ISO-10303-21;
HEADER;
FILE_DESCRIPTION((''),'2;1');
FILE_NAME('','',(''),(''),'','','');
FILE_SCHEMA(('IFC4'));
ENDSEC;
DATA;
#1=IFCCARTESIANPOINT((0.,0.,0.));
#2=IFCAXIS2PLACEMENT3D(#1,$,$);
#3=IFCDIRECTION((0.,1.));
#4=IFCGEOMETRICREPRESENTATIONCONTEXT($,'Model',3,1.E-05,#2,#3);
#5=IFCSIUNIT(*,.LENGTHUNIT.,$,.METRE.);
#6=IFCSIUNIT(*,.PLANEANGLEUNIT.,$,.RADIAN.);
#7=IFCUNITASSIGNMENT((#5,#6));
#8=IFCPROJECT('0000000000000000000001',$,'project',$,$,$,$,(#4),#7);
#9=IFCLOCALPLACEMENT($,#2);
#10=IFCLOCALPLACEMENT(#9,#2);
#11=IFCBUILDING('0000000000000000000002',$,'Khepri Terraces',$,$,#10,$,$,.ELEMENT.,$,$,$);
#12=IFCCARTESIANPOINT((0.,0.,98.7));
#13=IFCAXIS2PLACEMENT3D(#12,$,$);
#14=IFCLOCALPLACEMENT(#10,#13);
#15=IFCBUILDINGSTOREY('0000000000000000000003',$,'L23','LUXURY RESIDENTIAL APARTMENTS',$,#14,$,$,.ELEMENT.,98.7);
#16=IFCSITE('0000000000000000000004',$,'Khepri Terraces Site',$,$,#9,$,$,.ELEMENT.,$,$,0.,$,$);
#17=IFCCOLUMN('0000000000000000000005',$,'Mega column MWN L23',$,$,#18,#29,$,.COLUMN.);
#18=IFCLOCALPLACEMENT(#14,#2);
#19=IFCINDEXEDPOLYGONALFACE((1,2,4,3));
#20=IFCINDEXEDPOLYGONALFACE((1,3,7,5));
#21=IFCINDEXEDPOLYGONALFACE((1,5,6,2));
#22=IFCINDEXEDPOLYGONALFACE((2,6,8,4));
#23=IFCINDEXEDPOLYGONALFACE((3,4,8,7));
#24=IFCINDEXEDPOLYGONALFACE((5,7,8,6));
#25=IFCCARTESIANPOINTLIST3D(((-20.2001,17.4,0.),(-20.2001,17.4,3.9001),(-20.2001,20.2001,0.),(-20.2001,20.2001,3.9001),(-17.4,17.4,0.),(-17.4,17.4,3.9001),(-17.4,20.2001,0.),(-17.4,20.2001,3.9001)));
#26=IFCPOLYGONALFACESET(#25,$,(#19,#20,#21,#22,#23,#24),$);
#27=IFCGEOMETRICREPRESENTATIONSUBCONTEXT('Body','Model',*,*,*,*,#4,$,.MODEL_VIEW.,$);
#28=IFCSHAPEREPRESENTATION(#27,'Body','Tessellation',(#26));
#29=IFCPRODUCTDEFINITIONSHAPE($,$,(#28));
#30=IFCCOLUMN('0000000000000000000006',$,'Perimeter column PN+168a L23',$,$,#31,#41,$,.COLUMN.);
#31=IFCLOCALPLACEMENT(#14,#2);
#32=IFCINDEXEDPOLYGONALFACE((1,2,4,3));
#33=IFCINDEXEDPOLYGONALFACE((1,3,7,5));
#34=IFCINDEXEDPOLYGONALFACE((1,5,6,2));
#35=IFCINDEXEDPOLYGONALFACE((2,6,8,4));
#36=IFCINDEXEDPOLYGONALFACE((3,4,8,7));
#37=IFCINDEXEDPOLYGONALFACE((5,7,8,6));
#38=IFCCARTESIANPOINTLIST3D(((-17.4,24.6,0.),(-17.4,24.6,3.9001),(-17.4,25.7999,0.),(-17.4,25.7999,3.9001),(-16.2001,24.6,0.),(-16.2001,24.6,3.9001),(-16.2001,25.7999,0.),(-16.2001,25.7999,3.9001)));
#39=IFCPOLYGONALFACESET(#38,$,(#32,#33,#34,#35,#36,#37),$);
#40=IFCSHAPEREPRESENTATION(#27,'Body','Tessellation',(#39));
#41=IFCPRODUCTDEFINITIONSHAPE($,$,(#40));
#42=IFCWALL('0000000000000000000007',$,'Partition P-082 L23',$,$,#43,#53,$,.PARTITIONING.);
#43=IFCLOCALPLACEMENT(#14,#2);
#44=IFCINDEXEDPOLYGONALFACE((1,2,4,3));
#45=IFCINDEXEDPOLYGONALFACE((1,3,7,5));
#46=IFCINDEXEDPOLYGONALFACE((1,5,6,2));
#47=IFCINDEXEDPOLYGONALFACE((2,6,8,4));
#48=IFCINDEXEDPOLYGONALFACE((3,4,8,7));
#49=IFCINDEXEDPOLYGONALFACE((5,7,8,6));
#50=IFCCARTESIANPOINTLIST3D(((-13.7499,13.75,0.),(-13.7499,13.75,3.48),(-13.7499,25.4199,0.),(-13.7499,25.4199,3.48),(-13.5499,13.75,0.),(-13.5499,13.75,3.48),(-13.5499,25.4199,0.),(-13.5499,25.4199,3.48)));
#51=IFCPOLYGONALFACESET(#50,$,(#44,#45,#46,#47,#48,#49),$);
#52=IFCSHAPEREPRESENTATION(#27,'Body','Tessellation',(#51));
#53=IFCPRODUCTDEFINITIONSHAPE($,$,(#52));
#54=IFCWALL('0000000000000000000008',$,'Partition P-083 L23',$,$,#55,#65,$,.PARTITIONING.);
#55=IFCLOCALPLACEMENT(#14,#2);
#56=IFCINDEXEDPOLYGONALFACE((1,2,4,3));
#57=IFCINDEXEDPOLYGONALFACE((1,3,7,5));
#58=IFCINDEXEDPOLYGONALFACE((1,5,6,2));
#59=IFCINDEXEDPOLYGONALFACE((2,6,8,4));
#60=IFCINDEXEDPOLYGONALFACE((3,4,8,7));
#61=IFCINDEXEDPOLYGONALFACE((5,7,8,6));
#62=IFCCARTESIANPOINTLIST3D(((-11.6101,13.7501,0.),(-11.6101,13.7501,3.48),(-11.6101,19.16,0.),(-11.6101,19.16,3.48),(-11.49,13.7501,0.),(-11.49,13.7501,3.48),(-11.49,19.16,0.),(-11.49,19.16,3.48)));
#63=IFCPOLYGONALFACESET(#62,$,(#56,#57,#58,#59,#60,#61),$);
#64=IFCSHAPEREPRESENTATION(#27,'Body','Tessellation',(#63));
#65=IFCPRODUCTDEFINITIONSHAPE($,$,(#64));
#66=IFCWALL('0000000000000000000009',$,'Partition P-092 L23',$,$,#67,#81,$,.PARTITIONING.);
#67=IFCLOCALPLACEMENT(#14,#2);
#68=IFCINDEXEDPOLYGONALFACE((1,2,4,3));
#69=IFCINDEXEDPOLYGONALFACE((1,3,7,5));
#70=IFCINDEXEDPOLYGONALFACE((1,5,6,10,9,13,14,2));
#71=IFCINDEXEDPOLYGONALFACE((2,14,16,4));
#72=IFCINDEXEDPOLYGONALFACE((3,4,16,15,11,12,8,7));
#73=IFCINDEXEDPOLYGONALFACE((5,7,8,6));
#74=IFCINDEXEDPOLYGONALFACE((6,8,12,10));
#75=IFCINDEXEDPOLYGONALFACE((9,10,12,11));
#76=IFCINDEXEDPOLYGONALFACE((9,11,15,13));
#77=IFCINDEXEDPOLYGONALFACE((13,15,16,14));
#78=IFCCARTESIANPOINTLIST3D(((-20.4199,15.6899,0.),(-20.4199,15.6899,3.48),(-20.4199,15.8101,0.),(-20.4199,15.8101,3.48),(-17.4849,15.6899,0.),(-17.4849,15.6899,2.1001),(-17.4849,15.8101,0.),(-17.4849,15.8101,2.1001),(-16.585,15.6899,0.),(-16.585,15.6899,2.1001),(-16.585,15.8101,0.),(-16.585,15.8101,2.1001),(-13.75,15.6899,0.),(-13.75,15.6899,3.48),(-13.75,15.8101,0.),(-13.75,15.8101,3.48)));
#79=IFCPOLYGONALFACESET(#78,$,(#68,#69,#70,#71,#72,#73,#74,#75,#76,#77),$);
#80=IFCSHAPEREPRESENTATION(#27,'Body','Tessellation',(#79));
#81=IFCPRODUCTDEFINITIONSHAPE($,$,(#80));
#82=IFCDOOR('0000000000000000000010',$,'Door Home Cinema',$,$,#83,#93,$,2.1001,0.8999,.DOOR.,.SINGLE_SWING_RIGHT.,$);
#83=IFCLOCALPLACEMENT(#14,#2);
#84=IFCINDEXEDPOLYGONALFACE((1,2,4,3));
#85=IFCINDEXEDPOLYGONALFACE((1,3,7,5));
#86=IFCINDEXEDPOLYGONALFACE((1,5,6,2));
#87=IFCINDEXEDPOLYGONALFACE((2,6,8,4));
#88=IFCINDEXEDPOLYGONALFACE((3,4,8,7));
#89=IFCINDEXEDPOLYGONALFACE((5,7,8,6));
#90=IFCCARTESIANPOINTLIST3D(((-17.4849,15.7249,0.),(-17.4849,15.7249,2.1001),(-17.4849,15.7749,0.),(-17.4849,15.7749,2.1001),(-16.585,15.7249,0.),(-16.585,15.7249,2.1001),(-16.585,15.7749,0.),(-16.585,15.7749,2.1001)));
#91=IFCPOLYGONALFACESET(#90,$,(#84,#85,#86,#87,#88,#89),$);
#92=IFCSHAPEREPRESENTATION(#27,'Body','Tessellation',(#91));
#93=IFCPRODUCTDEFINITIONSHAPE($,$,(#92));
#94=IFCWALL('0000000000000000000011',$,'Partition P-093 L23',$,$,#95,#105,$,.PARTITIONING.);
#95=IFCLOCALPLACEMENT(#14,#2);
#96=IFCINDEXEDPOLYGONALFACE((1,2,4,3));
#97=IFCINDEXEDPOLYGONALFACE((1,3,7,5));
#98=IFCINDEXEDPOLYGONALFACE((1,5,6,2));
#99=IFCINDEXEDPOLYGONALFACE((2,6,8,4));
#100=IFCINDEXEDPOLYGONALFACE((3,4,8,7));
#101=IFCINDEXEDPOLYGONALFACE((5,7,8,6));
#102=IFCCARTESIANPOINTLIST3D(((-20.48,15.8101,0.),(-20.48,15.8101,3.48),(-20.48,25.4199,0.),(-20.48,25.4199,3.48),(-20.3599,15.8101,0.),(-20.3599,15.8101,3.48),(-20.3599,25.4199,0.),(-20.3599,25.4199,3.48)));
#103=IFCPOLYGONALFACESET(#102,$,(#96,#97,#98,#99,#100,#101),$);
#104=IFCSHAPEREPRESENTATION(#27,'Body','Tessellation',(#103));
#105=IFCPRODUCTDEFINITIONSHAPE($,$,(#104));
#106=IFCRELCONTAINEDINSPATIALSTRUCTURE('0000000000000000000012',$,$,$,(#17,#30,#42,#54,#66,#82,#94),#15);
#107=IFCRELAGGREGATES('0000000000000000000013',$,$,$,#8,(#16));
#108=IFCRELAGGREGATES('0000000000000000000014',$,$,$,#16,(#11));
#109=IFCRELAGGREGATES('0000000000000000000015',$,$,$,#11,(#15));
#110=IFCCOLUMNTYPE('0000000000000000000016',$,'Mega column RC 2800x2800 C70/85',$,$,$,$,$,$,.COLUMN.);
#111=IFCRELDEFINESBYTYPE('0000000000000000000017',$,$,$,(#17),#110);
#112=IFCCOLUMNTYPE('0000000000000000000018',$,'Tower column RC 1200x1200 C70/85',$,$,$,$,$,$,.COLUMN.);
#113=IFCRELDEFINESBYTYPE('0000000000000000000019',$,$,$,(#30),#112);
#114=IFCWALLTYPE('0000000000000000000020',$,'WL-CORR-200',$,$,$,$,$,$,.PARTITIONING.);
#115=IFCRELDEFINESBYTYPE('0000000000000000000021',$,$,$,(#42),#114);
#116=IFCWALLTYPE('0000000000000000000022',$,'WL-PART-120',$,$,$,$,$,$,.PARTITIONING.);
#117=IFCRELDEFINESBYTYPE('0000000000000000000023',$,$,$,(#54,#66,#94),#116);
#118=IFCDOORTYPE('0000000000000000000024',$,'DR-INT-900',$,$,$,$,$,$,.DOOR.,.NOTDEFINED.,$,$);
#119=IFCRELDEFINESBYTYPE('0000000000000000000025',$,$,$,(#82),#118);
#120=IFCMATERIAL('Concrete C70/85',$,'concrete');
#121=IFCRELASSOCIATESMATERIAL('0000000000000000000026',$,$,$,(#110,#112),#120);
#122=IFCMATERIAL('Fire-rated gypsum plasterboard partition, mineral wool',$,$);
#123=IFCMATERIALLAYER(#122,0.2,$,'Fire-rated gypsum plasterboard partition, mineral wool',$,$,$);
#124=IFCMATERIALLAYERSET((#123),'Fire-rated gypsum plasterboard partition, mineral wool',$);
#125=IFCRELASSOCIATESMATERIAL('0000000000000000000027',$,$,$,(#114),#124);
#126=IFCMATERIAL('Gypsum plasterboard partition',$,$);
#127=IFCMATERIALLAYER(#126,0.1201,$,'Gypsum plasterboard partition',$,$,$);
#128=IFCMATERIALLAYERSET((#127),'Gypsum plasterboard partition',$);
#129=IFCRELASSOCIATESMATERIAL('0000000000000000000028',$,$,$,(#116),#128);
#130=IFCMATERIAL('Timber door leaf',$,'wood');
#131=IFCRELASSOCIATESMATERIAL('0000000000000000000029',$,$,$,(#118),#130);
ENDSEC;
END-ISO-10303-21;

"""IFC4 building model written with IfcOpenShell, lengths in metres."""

from ifc_helpers import new_model, si_unit, direction, frame, frame_2d, origin, origin_2d, place, context, subcontext, project, spatial, rectangle, extrude, material, layer, layer_set, material_profile, profile_set, type_object, element, fill, save


model = new_model("IFC4")

# Units and contexts
model_context = context("Model", 3, precision=1e-05, world=origin(), true_north=direction((0.0, 1.0)))
body_context = subcontext(model_context, "Body", "Model", "MODEL_VIEW")
ifc_project = project(units=[si_unit("LENGTHUNIT", "METRE"), si_unit("PLANEANGLEUNIT", "RADIAN")], contexts=[model_context])

# Site, building, storey
site_placement = place(None, origin())
site = spatial("IfcSite", under=ifc_project, at=site_placement, Name="Khepri Terraces Site", CompositionType="ELEMENT", RefElevation=0.0)
building_placement = place(site_placement, origin())
building = spatial("IfcBuilding", under=site, at=building_placement, Name="Khepri Terraces", CompositionType="ELEMENT")
storey_placement = place(building_placement, frame((0.0, 0.0, 98.7)))
storey = spatial("IfcBuildingStorey", under=building, at=storey_placement, Name="L23", Description="LUXURY RESIDENTIAL APARTMENTS", CompositionType="ELEMENT", Elevation=98.7)

# Columns
ifc_material_1 = material(Name="Concrete C70/85", Category="concrete")
ifc_material_profile_1 = material_profile(ifc_material_1, rectangle(XDim=2.8, YDim=2.8, at=origin_2d()), Name="Concrete C70/85", Category="concrete")
ifc_profile_set_1 = profile_set([ifc_material_profile_1], Name="Concrete C70/85")
column_type_1 = type_object("IfcColumnType", Name="Mega column RC 2800x2800 C70/85", PredefinedType="COLUMN", material=ifc_profile_set_1)
column_1_placement = place(storey_placement, frame((-18.8, 18.8, 0.0), z_axis=(0.0, 0.0, 1.0), x_axis=(1.0, 0.0, 0.0)))
element("IfcColumn", 1, at=column_1_placement, inside=storey, type_object=column_type_1, Name="Mega column MWN L23", PredefinedType="COLUMN", context=body_context, shape_type="SweptSolid", body=[
    extrude(rectangle(XDim=2.8, YDim=2.8, at=origin_2d()), origin(), (0.0, 0.0, 1.0), 3.9001),
])
ifc_material_profile_2 = material_profile(ifc_material_1, rectangle(XDim=1.2, YDim=1.2, at=origin_2d()), Name="Concrete C70/85", Category="concrete")
ifc_profile_set_2 = profile_set([ifc_material_profile_2], Name="Concrete C70/85")
column_type_2 = type_object("IfcColumnType", Name="Tower column RC 1200x1200 C70/85", PredefinedType="COLUMN", material=ifc_profile_set_2)
column_2_placement = place(storey_placement, frame((-16.8, 25.2, 0.0), z_axis=(0.0, 0.0, 1.0), x_axis=(1.0, 0.0, 0.0)))
element("IfcColumn", 2, at=column_2_placement, inside=storey, type_object=column_type_2, Name="Perimeter column PN+168a L23", PredefinedType="COLUMN", context=body_context, shape_type="SweptSolid", body=[
    extrude(rectangle(XDim=1.2, YDim=1.2, at=origin_2d()), origin(), (0.0, 0.0, 1.0), 3.9001),
])

# Wall
ifc_material_2 = material(Name="Fire-rated gypsum plasterboard partition, mineral wool")
ifc_layer_1 = layer(ifc_material_2, 0.2, Name="Fire-rated gypsum plasterboard partition, mineral wool")
ifc_layer_set_1 = layer_set([ifc_layer_1], Name="Fire-rated gypsum plasterboard partition, mineral wool")
wall_type_1 = type_object("IfcWallType", Name="WL-CORR-200", PredefinedType="PARTITIONING", material=ifc_layer_set_1)
wall_1_placement = place(storey_placement, frame((-13.6499, 13.75, 0.0), z_axis=(0.0, 0.0, 1.0), x_axis=(0.0, 1.0, 0.0)))
element("IfcWall", 3, at=wall_1_placement, inside=storey, type_object=wall_type_1, Name="Partition P-082 L23", PredefinedType="PARTITIONING", context=body_context, shape_type="SweptSolid", body=[
    extrude(rectangle(XDim=11.6699, YDim=0.2, at=frame_2d((5.835, 0.0))), origin(), (0.0, 0.0, 1.0), 3.48),
])

# Wall
ifc_material_3 = material(Name="Gypsum plasterboard partition")
ifc_layer_2 = layer(ifc_material_3, 0.1201, Name="Gypsum plasterboard partition")
ifc_layer_set_2 = layer_set([ifc_layer_2], Name="Gypsum plasterboard partition")
wall_type_2 = type_object("IfcWallType", Name="WL-PART-120", PredefinedType="PARTITIONING", material=ifc_layer_set_2)
wall_2_placement = place(storey_placement, frame((-11.55, 13.75, 0.0), z_axis=(0.0, 0.0, 1.0), x_axis=(0.0, 1.0, 0.0)))
element("IfcWall", 4, at=wall_2_placement, inside=storey, type_object=wall_type_2, Name="Partition P-083 L23", PredefinedType="PARTITIONING", context=body_context, shape_type="SweptSolid", body=[
    extrude(rectangle(XDim=5.4099, YDim=0.1201, at=frame_2d((2.7051, 0.0))), origin(), (0.0, 0.0, 1.0), 3.48),
])

# Wall, opening, door
wall_3_placement = place(storey_placement, frame((-20.4199, 15.75, 0.0), z_axis=(0.0, 0.0, 1.0), x_axis=(1.0, 0.0, 0.0)))
wall_3 = element("IfcWall", 5, at=wall_3_placement, inside=storey, type_object=wall_type_2, Name="Partition P-092 L23", PredefinedType="PARTITIONING", context=body_context, shape_type="SweptSolid", body=[
    extrude(rectangle(XDim=6.6699, YDim=0.1201, at=frame_2d((3.335, 0.0))), origin(), (0.0, 0.0, 1.0), 3.48),
])
opening_1_placement = place(wall_3_placement, frame((2.9351, 0.0, 0.0)))
opening_1 = element("IfcOpeningElement", 6, at=opening_1_placement, cuts=wall_3, PredefinedType="OPENING", context=body_context, shape_type="SweptSolid", body=[
    extrude(rectangle(XDim=0.8999, YDim=2.1001, at=frame_2d((0.45, 1.05))), frame((0.0, 0.0701, 0.0), z_axis=(0.0, -1.0, 0.0), x_axis=(1.0, 0.0, 0.0)), (0.0, 0.0, 1.0), 0.1401),
])
ifc_material_4 = material(Name="Timber door leaf", Category="wood")
door_type_1 = type_object("IfcDoorType", Name="DR-INT-900", OperationType="NOTDEFINED", PredefinedType="DOOR", material=ifc_material_4)
door_1_placement = place(opening_1_placement, origin())
door_1 = element("IfcDoor", 7, at=door_1_placement, inside=storey, type_object=door_type_1, Name="Door Home Cinema", OperationType="SINGLE_SWING_RIGHT", OverallHeight=2.1001, OverallWidth=0.8999, PredefinedType="DOOR", context=body_context, shape_type="SweptSolid", body=[
    extrude(rectangle(XDim=0.8999, YDim=2.1001, at=frame_2d((0.45, 1.05))), frame((0.0, 0.0249, 0.0), z_axis=(0.0, -1.0, 0.0), x_axis=(1.0, 0.0, 0.0)), (0.0, 0.0, 1.0), 0.05),
])
fill(opening_1, door_1)

# Wall
wall_4_placement = place(storey_placement, frame((-20.4199, 15.8101, 0.0), z_axis=(0.0, 0.0, 1.0), x_axis=(0.0, 1.0, 0.0)))
element("IfcWall", 8, at=wall_4_placement, inside=storey, type_object=wall_type_2, Name="Partition P-093 L23", PredefinedType="PARTITIONING", context=body_context, shape_type="SweptSolid", body=[
    extrude(rectangle(XDim=9.6099, YDim=0.1201, at=frame_2d((4.8049, 0.0))), origin(), (0.0, 0.0, 1.0), 3.48),
])

save(model, "model.ifc")
